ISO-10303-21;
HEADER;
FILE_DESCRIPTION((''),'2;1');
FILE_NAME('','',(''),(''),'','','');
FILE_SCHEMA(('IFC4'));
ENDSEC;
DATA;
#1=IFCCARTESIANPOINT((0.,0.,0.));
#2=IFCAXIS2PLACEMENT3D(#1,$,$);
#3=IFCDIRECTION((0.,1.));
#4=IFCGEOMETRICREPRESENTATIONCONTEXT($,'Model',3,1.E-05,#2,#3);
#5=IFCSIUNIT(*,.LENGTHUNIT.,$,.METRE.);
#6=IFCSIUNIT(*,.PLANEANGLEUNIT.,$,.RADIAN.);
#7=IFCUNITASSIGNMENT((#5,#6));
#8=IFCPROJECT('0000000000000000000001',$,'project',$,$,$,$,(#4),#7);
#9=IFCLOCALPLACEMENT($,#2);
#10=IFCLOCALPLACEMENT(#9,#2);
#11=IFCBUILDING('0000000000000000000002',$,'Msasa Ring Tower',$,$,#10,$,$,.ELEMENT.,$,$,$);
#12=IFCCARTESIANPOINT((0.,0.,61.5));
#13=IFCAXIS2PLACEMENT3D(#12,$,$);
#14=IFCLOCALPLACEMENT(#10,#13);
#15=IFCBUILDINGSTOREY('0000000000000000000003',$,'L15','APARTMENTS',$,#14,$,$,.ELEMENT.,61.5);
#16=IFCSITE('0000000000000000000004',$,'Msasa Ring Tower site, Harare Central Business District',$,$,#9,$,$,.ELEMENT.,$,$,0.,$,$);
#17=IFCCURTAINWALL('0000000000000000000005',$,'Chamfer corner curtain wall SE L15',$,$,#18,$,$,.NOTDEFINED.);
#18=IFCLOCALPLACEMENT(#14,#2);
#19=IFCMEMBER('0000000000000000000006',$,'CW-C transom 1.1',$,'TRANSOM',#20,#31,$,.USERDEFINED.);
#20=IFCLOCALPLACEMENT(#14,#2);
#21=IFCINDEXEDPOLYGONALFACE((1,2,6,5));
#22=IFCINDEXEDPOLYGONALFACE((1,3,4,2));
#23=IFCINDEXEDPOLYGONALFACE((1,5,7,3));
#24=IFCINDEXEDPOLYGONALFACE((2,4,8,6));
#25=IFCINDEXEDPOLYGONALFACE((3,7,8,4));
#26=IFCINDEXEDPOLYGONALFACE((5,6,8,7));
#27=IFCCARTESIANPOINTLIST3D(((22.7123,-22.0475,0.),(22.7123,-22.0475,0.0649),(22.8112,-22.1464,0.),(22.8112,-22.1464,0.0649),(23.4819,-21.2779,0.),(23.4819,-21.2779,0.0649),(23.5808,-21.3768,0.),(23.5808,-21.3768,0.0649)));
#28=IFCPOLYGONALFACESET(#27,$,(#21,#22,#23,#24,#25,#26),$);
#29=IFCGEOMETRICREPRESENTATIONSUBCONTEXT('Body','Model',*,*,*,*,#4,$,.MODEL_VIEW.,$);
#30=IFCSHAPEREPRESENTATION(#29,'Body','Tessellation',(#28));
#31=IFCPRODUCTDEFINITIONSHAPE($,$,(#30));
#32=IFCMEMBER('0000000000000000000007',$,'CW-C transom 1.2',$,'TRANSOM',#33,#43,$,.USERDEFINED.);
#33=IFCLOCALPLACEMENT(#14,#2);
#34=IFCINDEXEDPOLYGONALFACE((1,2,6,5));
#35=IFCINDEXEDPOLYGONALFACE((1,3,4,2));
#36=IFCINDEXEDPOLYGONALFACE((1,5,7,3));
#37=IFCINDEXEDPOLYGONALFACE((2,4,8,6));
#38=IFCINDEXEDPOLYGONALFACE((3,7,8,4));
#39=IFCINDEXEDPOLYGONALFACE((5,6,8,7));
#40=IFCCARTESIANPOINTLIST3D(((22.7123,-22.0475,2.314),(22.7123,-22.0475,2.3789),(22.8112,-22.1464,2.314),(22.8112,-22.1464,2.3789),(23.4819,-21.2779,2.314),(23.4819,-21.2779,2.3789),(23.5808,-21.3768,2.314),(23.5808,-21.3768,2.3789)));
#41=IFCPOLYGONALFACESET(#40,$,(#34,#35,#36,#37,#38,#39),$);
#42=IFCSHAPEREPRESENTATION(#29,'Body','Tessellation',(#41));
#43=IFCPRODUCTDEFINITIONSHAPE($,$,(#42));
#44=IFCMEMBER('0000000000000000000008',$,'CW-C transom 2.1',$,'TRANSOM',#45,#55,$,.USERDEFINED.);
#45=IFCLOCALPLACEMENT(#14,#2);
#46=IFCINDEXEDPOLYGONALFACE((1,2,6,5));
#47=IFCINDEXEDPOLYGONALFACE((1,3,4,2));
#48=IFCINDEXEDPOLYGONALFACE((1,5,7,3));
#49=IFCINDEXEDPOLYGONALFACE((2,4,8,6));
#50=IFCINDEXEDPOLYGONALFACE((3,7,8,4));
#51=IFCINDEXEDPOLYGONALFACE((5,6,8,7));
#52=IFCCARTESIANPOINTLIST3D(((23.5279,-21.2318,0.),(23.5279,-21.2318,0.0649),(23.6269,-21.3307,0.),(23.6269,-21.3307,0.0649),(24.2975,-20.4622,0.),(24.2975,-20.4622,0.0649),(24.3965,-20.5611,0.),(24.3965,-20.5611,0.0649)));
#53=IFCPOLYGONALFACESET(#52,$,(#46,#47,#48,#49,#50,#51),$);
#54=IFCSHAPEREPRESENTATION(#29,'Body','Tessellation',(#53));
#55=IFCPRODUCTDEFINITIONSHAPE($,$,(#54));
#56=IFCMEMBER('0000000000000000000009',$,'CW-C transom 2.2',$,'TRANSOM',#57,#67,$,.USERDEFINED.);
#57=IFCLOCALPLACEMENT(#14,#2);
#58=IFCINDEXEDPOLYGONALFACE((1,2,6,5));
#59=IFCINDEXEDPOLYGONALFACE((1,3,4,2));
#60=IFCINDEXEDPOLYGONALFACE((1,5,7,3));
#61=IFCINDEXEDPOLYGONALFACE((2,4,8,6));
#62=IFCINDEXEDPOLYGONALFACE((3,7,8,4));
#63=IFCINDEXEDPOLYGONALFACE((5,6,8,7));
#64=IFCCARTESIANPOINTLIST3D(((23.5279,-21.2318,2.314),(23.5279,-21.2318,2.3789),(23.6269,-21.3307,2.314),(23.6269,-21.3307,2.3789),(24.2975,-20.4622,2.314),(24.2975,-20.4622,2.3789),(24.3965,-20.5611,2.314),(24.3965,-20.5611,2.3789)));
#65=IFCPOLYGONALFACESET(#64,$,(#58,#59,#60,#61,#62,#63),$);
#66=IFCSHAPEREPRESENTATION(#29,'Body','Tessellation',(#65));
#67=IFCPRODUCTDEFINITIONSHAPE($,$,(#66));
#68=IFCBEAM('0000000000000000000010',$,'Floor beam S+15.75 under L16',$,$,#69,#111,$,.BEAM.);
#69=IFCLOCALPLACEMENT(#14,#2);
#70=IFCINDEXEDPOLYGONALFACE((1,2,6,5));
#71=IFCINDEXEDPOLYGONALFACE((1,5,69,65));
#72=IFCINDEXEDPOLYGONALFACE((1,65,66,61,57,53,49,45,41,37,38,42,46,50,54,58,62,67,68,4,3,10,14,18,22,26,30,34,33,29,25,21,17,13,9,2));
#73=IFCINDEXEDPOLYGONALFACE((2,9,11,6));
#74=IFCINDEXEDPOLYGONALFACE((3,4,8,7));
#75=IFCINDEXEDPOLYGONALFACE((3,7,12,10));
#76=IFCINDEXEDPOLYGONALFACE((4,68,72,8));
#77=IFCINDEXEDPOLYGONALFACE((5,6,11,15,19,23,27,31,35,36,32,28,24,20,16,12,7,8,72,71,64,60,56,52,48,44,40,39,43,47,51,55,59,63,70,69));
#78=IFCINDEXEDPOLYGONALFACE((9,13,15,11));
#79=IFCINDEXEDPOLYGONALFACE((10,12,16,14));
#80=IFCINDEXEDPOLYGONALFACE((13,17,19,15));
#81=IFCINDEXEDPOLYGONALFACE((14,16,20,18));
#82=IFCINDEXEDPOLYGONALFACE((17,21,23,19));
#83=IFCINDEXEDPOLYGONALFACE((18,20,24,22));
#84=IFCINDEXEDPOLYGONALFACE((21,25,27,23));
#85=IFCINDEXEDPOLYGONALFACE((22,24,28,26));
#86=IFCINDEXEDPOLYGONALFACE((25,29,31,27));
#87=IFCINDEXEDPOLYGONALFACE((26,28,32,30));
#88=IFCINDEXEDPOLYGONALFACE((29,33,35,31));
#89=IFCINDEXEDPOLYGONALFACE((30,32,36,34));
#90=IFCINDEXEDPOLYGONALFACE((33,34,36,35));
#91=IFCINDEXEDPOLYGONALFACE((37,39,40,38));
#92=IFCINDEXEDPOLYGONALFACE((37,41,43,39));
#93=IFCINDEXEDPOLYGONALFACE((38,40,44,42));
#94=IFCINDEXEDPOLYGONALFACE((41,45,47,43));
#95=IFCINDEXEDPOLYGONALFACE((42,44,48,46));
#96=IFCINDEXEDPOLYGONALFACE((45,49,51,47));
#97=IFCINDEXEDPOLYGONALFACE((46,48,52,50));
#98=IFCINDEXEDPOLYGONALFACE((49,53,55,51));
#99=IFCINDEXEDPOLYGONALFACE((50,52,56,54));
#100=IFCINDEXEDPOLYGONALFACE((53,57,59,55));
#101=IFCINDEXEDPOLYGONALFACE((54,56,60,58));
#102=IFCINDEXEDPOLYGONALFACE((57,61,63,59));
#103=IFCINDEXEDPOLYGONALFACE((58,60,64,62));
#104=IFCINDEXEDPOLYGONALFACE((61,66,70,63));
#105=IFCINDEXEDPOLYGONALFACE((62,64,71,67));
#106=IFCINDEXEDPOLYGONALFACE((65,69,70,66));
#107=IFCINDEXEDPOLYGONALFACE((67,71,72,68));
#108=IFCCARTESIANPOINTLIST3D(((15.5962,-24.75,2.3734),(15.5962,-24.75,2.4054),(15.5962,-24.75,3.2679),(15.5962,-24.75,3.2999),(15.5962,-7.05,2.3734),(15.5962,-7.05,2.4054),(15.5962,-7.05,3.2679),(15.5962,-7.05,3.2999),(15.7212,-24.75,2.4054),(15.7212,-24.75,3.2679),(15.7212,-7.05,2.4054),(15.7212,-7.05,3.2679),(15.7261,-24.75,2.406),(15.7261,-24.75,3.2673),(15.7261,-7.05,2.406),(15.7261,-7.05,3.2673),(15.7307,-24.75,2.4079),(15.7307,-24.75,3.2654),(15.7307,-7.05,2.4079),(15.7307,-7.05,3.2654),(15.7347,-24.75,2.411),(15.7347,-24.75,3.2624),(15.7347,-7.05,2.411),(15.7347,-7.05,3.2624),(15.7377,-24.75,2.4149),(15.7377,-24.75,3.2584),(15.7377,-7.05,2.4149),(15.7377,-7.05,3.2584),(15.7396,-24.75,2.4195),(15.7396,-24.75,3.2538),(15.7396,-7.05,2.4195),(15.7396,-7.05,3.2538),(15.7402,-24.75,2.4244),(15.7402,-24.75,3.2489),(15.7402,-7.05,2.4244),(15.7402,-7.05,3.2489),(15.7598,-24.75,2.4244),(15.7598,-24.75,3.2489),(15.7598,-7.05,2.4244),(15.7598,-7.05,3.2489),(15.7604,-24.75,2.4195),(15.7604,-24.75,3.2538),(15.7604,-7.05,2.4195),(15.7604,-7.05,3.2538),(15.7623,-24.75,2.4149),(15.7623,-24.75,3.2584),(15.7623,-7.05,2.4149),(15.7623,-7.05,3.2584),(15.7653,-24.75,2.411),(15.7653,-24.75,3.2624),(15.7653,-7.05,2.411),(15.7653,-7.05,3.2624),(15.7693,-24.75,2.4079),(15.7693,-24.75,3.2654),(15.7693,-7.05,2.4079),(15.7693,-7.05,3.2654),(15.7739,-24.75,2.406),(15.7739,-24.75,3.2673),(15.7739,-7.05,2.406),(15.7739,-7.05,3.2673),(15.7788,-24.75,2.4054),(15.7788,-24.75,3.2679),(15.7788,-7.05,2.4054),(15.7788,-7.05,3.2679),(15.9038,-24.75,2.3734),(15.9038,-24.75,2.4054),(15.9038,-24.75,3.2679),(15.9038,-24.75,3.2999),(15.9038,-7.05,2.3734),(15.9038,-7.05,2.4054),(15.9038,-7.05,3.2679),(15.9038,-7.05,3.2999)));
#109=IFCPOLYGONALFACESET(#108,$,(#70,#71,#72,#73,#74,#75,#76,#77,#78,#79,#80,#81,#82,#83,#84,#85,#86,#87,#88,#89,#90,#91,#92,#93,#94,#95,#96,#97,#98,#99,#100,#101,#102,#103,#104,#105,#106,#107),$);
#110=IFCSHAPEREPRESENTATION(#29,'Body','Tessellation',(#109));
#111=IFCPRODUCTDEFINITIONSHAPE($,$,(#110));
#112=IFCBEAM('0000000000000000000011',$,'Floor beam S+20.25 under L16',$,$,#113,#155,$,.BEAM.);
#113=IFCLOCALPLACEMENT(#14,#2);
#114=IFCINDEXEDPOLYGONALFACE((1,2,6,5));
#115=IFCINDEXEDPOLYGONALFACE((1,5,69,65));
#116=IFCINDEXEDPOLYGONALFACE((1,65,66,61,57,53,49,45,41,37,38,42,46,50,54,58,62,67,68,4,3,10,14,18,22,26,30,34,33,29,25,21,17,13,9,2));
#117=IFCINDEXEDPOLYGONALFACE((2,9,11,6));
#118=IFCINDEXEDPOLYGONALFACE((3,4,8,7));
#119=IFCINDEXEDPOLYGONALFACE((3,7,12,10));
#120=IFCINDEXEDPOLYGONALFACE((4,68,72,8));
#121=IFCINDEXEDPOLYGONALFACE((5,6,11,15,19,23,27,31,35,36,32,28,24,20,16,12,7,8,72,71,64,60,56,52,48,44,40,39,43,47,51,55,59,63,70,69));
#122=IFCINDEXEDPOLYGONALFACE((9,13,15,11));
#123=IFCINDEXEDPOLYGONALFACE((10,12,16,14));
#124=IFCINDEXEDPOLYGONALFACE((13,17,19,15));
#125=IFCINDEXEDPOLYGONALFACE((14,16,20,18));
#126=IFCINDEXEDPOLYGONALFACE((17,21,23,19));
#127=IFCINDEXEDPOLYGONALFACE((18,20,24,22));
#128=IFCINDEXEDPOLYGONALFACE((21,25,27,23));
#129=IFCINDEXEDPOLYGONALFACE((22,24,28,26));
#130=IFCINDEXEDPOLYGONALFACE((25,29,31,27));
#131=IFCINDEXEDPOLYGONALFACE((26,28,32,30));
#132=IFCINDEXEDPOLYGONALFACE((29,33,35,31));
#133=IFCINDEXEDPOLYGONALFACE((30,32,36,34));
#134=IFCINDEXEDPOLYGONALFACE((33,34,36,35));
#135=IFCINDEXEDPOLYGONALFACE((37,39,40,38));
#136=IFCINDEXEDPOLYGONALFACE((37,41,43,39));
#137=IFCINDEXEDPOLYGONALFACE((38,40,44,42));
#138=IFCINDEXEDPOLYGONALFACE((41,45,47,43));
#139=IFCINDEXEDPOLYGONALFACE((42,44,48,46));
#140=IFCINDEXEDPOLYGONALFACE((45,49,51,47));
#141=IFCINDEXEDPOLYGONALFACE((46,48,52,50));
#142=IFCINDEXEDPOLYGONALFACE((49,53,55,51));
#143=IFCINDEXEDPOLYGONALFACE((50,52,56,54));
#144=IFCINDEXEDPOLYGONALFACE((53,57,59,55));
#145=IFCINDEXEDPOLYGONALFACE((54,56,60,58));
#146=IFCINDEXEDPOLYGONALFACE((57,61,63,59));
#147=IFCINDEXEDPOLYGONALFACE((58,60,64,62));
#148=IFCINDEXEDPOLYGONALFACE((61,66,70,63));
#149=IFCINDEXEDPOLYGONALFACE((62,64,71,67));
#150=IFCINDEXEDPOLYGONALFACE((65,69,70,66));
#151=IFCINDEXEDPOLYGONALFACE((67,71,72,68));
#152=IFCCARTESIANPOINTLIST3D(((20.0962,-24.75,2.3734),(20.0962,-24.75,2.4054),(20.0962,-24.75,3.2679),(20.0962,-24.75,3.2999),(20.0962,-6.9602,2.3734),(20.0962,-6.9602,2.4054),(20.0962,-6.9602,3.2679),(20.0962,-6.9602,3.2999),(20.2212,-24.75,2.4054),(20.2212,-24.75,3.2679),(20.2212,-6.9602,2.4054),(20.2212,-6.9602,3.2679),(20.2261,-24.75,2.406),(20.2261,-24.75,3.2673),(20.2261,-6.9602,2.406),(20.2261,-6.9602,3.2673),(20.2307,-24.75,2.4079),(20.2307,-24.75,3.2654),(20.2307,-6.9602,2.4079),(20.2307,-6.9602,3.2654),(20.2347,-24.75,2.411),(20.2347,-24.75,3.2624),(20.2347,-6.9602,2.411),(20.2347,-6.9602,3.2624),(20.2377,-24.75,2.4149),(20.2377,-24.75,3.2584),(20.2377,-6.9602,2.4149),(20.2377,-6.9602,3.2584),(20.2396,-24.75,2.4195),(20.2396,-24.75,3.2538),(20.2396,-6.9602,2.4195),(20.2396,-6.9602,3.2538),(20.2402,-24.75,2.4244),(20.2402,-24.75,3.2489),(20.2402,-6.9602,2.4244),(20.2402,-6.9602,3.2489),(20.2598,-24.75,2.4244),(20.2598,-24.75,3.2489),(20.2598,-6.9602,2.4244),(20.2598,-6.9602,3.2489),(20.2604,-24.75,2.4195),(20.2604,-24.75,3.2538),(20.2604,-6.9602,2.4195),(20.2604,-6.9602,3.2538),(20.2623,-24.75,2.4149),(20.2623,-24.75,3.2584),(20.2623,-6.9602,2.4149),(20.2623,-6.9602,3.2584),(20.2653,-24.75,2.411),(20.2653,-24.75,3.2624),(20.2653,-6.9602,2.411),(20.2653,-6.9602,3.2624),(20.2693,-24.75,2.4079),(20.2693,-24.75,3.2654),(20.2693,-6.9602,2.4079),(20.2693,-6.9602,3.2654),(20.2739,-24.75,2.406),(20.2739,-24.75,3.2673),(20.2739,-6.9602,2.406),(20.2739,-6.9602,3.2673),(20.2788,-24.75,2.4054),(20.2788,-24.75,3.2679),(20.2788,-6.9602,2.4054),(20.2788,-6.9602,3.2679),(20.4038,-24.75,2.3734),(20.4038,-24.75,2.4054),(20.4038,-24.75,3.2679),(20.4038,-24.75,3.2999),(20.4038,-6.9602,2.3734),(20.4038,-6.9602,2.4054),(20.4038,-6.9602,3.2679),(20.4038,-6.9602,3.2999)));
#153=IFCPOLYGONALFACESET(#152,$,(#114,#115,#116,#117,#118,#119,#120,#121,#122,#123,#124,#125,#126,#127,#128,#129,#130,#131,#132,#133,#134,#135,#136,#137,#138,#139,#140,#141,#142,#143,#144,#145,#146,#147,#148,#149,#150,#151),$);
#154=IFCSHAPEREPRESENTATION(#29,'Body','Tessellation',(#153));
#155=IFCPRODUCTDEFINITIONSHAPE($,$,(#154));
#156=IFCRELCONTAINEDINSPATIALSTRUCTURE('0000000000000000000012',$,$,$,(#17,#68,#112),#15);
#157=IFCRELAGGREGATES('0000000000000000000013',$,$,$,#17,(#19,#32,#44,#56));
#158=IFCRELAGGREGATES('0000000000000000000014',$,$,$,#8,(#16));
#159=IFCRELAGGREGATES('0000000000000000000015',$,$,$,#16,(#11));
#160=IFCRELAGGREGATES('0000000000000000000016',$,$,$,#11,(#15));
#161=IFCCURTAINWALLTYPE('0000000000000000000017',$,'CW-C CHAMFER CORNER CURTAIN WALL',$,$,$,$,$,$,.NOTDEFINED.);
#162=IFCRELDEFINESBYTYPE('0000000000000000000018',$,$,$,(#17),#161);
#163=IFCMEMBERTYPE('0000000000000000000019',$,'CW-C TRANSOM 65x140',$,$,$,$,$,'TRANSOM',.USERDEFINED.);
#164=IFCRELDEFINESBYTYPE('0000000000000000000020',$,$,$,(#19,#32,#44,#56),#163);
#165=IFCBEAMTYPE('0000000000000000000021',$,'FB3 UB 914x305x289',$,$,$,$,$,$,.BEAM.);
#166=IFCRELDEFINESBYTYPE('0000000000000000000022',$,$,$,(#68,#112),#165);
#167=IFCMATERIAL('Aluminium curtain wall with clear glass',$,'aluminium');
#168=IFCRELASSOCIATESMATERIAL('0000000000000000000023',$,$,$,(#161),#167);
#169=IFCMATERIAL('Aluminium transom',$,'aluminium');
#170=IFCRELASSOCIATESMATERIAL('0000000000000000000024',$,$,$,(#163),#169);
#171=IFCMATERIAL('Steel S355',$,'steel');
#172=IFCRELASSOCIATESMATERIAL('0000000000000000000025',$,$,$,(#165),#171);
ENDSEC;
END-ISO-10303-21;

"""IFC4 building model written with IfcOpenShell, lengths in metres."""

from ifc_helpers import new_model, si_unit, direction, frame, origin, origin_2d, place, context, subcontext, project, spatial, rectangle, i_section, extrude, material, material_profile, profile_set, type_object, element, aggregate, save


model = new_model("IFC4")

# Units and contexts
model_context = context("Model", 3, precision=1e-05, world=origin(), true_north=direction((0.0, 1.0)))
body_context = subcontext(model_context, "Body", "Model", "MODEL_VIEW")
ifc_project = project(units=[si_unit("LENGTHUNIT", "METRE"), si_unit("PLANEANGLEUNIT", "RADIAN")], contexts=[model_context])

# Site, building, storey
site_placement = place(None, origin())
site = spatial("IfcSite", under=ifc_project, at=site_placement, Name="Msasa Ring Tower site, Harare Central Business District", CompositionType="ELEMENT", RefElevation=0.0)
building_placement = place(site_placement, origin())
building = spatial("IfcBuilding", under=site, at=building_placement, Name="Msasa Ring Tower", CompositionType="ELEMENT")
storey_placement = place(building_placement, frame((0.0, 0.0, 61.5)))
storey = spatial("IfcBuildingStorey", under=building, at=storey_placement, Name="L15", Description="APARTMENTS", CompositionType="ELEMENT", Elevation=61.5)

# Curtain wall
ifc_material_1 = material(Name="Aluminium curtain wall with clear glass", Category="aluminium")
curtain_wall_type = type_object("IfcCurtainWallType", Name="CW-C CHAMFER CORNER CURTAIN WALL", PredefinedType="NOTDEFINED", material=ifc_material_1)
curtain_wall_1_placement = place(storey_placement, origin())
curtain_wall_1 = element("IfcCurtainWall", 1, at=curtain_wall_1_placement, inside=storey, type_object=curtain_wall_type, Name="Chamfer corner curtain wall SE L15", PredefinedType="NOTDEFINED")

# Members
ifc_material_2 = material(Name="Aluminium transom", Category="aluminium")
ifc_material_profile_1 = material_profile(ifc_material_2, rectangle(XDim=0.1399, YDim=0.0649, at=origin_2d()), Name="AL 65x140")
ifc_profile_set_1 = profile_set([ifc_material_profile_1], Name="Aluminium transom")
member_type_1 = type_object("IfcMemberType", Name="CW-C TRANSOM 65x140", ElementType="TRANSOM", PredefinedType="USERDEFINED", material=ifc_profile_set_1)
member_1_placement = place(storey_placement, frame((22.7617, -22.0969, 0.0325), z_axis=(0.707107, 0.707107, 0.0), x_axis=(-0.707107, 0.707107, 0.0)))
member_1 = element("IfcMember", 2, at=member_1_placement, type_object=member_type_1, Name="CW-C transom 1.1", ObjectType="TRANSOM", PredefinedType="USERDEFINED", context=body_context, shape_type="SweptSolid", body=[
    extrude(rectangle(XDim=0.1399, YDim=0.0649, at=origin_2d()), origin(), (0.0, 0.0, 1.0), 1.0884),
])
member_2_placement = place(storey_placement, frame((22.7617, -22.0969, 2.3464), z_axis=(0.707107, 0.707107, 0.0), x_axis=(-0.707107, 0.707107, 0.0)))
member_2 = element("IfcMember", 3, at=member_2_placement, type_object=member_type_1, Name="CW-C transom 1.2", ObjectType="TRANSOM", PredefinedType="USERDEFINED", context=body_context, shape_type="SweptSolid", body=[
    extrude(rectangle(XDim=0.1399, YDim=0.0649, at=origin_2d()), origin(), (0.0, 0.0, 1.0), 1.0884),
])
member_3_placement = place(storey_placement, frame((23.5774, -21.2812, 0.0325), z_axis=(0.707107, 0.707107, 0.0), x_axis=(-0.707107, 0.707107, 0.0)))
member_3 = element("IfcMember", 4, at=member_3_placement, type_object=member_type_1, Name="CW-C transom 2.1", ObjectType="TRANSOM", PredefinedType="USERDEFINED", context=body_context, shape_type="SweptSolid", body=[
    extrude(rectangle(XDim=0.1399, YDim=0.0649, at=origin_2d()), origin(), (0.0, 0.0, 1.0), 1.0884),
])
member_4_placement = place(storey_placement, frame((23.5774, -21.2812, 2.3464), z_axis=(0.707107, 0.707107, 0.0), x_axis=(-0.707107, 0.707107, 0.0)))
member_4 = element("IfcMember", 5, at=member_4_placement, type_object=member_type_1, Name="CW-C transom 2.2", ObjectType="TRANSOM", PredefinedType="USERDEFINED", context=body_context, shape_type="SweptSolid", body=[
    extrude(rectangle(XDim=0.1399, YDim=0.0649, at=origin_2d()), origin(), (0.0, 0.0, 1.0), 1.0884),
])

# Beams
ifc_material_3 = material(Name="Steel S355", Category="steel")
ifc_material_profile_2 = material_profile(ifc_material_3, i_section(OverallWidth=0.3076, OverallDepth=0.9265, WebThickness=0.0195, FlangeThickness=0.032, FilletRadius=0.019, at=origin_2d()), Name="UB 914x305x289")
ifc_profile_set_2 = profile_set([ifc_material_profile_2], Name="Steel S355")
beam_type_1 = type_object("IfcBeamType", Name="FB3 UB 914x305x289", PredefinedType="BEAM", material=ifc_profile_set_2)
beam_1_placement = place(storey_placement, frame((15.75, -24.75, 2.8367), z_axis=(0.0, 1.0, 0.0), x_axis=(-1.0, 0.0, 0.0)))
element("IfcBeam", 6, at=beam_1_placement, inside=storey, type_object=beam_type_1, Name="Floor beam S+15.75 under L16", PredefinedType="BEAM", context=body_context, shape_type="SweptSolid", body=[
    extrude(i_section(OverallWidth=0.3076, OverallDepth=0.9265, WebThickness=0.0195, FlangeThickness=0.032, FilletRadius=0.019, at=origin_2d()), origin(), (0.0, 0.0, 1.0), 17.7),
])
beam_2_placement = place(storey_placement, frame((20.25, -24.75, 2.8367), z_axis=(0.0, 1.0, 0.0), x_axis=(-1.0, 0.0, 0.0)))
element("IfcBeam", 7, at=beam_2_placement, inside=storey, type_object=beam_type_1, Name="Floor beam S+20.25 under L16", PredefinedType="BEAM", context=body_context, shape_type="SweptSolid", body=[
    extrude(i_section(OverallWidth=0.3076, OverallDepth=0.9265, WebThickness=0.0195, FlangeThickness=0.032, FilletRadius=0.019, at=origin_2d()), origin(), (0.0, 0.0, 1.0), 17.7898),
])

aggregate(curtain_wall_1, [member_1, member_2, member_3, member_4])

save(model, "model.ifc")
